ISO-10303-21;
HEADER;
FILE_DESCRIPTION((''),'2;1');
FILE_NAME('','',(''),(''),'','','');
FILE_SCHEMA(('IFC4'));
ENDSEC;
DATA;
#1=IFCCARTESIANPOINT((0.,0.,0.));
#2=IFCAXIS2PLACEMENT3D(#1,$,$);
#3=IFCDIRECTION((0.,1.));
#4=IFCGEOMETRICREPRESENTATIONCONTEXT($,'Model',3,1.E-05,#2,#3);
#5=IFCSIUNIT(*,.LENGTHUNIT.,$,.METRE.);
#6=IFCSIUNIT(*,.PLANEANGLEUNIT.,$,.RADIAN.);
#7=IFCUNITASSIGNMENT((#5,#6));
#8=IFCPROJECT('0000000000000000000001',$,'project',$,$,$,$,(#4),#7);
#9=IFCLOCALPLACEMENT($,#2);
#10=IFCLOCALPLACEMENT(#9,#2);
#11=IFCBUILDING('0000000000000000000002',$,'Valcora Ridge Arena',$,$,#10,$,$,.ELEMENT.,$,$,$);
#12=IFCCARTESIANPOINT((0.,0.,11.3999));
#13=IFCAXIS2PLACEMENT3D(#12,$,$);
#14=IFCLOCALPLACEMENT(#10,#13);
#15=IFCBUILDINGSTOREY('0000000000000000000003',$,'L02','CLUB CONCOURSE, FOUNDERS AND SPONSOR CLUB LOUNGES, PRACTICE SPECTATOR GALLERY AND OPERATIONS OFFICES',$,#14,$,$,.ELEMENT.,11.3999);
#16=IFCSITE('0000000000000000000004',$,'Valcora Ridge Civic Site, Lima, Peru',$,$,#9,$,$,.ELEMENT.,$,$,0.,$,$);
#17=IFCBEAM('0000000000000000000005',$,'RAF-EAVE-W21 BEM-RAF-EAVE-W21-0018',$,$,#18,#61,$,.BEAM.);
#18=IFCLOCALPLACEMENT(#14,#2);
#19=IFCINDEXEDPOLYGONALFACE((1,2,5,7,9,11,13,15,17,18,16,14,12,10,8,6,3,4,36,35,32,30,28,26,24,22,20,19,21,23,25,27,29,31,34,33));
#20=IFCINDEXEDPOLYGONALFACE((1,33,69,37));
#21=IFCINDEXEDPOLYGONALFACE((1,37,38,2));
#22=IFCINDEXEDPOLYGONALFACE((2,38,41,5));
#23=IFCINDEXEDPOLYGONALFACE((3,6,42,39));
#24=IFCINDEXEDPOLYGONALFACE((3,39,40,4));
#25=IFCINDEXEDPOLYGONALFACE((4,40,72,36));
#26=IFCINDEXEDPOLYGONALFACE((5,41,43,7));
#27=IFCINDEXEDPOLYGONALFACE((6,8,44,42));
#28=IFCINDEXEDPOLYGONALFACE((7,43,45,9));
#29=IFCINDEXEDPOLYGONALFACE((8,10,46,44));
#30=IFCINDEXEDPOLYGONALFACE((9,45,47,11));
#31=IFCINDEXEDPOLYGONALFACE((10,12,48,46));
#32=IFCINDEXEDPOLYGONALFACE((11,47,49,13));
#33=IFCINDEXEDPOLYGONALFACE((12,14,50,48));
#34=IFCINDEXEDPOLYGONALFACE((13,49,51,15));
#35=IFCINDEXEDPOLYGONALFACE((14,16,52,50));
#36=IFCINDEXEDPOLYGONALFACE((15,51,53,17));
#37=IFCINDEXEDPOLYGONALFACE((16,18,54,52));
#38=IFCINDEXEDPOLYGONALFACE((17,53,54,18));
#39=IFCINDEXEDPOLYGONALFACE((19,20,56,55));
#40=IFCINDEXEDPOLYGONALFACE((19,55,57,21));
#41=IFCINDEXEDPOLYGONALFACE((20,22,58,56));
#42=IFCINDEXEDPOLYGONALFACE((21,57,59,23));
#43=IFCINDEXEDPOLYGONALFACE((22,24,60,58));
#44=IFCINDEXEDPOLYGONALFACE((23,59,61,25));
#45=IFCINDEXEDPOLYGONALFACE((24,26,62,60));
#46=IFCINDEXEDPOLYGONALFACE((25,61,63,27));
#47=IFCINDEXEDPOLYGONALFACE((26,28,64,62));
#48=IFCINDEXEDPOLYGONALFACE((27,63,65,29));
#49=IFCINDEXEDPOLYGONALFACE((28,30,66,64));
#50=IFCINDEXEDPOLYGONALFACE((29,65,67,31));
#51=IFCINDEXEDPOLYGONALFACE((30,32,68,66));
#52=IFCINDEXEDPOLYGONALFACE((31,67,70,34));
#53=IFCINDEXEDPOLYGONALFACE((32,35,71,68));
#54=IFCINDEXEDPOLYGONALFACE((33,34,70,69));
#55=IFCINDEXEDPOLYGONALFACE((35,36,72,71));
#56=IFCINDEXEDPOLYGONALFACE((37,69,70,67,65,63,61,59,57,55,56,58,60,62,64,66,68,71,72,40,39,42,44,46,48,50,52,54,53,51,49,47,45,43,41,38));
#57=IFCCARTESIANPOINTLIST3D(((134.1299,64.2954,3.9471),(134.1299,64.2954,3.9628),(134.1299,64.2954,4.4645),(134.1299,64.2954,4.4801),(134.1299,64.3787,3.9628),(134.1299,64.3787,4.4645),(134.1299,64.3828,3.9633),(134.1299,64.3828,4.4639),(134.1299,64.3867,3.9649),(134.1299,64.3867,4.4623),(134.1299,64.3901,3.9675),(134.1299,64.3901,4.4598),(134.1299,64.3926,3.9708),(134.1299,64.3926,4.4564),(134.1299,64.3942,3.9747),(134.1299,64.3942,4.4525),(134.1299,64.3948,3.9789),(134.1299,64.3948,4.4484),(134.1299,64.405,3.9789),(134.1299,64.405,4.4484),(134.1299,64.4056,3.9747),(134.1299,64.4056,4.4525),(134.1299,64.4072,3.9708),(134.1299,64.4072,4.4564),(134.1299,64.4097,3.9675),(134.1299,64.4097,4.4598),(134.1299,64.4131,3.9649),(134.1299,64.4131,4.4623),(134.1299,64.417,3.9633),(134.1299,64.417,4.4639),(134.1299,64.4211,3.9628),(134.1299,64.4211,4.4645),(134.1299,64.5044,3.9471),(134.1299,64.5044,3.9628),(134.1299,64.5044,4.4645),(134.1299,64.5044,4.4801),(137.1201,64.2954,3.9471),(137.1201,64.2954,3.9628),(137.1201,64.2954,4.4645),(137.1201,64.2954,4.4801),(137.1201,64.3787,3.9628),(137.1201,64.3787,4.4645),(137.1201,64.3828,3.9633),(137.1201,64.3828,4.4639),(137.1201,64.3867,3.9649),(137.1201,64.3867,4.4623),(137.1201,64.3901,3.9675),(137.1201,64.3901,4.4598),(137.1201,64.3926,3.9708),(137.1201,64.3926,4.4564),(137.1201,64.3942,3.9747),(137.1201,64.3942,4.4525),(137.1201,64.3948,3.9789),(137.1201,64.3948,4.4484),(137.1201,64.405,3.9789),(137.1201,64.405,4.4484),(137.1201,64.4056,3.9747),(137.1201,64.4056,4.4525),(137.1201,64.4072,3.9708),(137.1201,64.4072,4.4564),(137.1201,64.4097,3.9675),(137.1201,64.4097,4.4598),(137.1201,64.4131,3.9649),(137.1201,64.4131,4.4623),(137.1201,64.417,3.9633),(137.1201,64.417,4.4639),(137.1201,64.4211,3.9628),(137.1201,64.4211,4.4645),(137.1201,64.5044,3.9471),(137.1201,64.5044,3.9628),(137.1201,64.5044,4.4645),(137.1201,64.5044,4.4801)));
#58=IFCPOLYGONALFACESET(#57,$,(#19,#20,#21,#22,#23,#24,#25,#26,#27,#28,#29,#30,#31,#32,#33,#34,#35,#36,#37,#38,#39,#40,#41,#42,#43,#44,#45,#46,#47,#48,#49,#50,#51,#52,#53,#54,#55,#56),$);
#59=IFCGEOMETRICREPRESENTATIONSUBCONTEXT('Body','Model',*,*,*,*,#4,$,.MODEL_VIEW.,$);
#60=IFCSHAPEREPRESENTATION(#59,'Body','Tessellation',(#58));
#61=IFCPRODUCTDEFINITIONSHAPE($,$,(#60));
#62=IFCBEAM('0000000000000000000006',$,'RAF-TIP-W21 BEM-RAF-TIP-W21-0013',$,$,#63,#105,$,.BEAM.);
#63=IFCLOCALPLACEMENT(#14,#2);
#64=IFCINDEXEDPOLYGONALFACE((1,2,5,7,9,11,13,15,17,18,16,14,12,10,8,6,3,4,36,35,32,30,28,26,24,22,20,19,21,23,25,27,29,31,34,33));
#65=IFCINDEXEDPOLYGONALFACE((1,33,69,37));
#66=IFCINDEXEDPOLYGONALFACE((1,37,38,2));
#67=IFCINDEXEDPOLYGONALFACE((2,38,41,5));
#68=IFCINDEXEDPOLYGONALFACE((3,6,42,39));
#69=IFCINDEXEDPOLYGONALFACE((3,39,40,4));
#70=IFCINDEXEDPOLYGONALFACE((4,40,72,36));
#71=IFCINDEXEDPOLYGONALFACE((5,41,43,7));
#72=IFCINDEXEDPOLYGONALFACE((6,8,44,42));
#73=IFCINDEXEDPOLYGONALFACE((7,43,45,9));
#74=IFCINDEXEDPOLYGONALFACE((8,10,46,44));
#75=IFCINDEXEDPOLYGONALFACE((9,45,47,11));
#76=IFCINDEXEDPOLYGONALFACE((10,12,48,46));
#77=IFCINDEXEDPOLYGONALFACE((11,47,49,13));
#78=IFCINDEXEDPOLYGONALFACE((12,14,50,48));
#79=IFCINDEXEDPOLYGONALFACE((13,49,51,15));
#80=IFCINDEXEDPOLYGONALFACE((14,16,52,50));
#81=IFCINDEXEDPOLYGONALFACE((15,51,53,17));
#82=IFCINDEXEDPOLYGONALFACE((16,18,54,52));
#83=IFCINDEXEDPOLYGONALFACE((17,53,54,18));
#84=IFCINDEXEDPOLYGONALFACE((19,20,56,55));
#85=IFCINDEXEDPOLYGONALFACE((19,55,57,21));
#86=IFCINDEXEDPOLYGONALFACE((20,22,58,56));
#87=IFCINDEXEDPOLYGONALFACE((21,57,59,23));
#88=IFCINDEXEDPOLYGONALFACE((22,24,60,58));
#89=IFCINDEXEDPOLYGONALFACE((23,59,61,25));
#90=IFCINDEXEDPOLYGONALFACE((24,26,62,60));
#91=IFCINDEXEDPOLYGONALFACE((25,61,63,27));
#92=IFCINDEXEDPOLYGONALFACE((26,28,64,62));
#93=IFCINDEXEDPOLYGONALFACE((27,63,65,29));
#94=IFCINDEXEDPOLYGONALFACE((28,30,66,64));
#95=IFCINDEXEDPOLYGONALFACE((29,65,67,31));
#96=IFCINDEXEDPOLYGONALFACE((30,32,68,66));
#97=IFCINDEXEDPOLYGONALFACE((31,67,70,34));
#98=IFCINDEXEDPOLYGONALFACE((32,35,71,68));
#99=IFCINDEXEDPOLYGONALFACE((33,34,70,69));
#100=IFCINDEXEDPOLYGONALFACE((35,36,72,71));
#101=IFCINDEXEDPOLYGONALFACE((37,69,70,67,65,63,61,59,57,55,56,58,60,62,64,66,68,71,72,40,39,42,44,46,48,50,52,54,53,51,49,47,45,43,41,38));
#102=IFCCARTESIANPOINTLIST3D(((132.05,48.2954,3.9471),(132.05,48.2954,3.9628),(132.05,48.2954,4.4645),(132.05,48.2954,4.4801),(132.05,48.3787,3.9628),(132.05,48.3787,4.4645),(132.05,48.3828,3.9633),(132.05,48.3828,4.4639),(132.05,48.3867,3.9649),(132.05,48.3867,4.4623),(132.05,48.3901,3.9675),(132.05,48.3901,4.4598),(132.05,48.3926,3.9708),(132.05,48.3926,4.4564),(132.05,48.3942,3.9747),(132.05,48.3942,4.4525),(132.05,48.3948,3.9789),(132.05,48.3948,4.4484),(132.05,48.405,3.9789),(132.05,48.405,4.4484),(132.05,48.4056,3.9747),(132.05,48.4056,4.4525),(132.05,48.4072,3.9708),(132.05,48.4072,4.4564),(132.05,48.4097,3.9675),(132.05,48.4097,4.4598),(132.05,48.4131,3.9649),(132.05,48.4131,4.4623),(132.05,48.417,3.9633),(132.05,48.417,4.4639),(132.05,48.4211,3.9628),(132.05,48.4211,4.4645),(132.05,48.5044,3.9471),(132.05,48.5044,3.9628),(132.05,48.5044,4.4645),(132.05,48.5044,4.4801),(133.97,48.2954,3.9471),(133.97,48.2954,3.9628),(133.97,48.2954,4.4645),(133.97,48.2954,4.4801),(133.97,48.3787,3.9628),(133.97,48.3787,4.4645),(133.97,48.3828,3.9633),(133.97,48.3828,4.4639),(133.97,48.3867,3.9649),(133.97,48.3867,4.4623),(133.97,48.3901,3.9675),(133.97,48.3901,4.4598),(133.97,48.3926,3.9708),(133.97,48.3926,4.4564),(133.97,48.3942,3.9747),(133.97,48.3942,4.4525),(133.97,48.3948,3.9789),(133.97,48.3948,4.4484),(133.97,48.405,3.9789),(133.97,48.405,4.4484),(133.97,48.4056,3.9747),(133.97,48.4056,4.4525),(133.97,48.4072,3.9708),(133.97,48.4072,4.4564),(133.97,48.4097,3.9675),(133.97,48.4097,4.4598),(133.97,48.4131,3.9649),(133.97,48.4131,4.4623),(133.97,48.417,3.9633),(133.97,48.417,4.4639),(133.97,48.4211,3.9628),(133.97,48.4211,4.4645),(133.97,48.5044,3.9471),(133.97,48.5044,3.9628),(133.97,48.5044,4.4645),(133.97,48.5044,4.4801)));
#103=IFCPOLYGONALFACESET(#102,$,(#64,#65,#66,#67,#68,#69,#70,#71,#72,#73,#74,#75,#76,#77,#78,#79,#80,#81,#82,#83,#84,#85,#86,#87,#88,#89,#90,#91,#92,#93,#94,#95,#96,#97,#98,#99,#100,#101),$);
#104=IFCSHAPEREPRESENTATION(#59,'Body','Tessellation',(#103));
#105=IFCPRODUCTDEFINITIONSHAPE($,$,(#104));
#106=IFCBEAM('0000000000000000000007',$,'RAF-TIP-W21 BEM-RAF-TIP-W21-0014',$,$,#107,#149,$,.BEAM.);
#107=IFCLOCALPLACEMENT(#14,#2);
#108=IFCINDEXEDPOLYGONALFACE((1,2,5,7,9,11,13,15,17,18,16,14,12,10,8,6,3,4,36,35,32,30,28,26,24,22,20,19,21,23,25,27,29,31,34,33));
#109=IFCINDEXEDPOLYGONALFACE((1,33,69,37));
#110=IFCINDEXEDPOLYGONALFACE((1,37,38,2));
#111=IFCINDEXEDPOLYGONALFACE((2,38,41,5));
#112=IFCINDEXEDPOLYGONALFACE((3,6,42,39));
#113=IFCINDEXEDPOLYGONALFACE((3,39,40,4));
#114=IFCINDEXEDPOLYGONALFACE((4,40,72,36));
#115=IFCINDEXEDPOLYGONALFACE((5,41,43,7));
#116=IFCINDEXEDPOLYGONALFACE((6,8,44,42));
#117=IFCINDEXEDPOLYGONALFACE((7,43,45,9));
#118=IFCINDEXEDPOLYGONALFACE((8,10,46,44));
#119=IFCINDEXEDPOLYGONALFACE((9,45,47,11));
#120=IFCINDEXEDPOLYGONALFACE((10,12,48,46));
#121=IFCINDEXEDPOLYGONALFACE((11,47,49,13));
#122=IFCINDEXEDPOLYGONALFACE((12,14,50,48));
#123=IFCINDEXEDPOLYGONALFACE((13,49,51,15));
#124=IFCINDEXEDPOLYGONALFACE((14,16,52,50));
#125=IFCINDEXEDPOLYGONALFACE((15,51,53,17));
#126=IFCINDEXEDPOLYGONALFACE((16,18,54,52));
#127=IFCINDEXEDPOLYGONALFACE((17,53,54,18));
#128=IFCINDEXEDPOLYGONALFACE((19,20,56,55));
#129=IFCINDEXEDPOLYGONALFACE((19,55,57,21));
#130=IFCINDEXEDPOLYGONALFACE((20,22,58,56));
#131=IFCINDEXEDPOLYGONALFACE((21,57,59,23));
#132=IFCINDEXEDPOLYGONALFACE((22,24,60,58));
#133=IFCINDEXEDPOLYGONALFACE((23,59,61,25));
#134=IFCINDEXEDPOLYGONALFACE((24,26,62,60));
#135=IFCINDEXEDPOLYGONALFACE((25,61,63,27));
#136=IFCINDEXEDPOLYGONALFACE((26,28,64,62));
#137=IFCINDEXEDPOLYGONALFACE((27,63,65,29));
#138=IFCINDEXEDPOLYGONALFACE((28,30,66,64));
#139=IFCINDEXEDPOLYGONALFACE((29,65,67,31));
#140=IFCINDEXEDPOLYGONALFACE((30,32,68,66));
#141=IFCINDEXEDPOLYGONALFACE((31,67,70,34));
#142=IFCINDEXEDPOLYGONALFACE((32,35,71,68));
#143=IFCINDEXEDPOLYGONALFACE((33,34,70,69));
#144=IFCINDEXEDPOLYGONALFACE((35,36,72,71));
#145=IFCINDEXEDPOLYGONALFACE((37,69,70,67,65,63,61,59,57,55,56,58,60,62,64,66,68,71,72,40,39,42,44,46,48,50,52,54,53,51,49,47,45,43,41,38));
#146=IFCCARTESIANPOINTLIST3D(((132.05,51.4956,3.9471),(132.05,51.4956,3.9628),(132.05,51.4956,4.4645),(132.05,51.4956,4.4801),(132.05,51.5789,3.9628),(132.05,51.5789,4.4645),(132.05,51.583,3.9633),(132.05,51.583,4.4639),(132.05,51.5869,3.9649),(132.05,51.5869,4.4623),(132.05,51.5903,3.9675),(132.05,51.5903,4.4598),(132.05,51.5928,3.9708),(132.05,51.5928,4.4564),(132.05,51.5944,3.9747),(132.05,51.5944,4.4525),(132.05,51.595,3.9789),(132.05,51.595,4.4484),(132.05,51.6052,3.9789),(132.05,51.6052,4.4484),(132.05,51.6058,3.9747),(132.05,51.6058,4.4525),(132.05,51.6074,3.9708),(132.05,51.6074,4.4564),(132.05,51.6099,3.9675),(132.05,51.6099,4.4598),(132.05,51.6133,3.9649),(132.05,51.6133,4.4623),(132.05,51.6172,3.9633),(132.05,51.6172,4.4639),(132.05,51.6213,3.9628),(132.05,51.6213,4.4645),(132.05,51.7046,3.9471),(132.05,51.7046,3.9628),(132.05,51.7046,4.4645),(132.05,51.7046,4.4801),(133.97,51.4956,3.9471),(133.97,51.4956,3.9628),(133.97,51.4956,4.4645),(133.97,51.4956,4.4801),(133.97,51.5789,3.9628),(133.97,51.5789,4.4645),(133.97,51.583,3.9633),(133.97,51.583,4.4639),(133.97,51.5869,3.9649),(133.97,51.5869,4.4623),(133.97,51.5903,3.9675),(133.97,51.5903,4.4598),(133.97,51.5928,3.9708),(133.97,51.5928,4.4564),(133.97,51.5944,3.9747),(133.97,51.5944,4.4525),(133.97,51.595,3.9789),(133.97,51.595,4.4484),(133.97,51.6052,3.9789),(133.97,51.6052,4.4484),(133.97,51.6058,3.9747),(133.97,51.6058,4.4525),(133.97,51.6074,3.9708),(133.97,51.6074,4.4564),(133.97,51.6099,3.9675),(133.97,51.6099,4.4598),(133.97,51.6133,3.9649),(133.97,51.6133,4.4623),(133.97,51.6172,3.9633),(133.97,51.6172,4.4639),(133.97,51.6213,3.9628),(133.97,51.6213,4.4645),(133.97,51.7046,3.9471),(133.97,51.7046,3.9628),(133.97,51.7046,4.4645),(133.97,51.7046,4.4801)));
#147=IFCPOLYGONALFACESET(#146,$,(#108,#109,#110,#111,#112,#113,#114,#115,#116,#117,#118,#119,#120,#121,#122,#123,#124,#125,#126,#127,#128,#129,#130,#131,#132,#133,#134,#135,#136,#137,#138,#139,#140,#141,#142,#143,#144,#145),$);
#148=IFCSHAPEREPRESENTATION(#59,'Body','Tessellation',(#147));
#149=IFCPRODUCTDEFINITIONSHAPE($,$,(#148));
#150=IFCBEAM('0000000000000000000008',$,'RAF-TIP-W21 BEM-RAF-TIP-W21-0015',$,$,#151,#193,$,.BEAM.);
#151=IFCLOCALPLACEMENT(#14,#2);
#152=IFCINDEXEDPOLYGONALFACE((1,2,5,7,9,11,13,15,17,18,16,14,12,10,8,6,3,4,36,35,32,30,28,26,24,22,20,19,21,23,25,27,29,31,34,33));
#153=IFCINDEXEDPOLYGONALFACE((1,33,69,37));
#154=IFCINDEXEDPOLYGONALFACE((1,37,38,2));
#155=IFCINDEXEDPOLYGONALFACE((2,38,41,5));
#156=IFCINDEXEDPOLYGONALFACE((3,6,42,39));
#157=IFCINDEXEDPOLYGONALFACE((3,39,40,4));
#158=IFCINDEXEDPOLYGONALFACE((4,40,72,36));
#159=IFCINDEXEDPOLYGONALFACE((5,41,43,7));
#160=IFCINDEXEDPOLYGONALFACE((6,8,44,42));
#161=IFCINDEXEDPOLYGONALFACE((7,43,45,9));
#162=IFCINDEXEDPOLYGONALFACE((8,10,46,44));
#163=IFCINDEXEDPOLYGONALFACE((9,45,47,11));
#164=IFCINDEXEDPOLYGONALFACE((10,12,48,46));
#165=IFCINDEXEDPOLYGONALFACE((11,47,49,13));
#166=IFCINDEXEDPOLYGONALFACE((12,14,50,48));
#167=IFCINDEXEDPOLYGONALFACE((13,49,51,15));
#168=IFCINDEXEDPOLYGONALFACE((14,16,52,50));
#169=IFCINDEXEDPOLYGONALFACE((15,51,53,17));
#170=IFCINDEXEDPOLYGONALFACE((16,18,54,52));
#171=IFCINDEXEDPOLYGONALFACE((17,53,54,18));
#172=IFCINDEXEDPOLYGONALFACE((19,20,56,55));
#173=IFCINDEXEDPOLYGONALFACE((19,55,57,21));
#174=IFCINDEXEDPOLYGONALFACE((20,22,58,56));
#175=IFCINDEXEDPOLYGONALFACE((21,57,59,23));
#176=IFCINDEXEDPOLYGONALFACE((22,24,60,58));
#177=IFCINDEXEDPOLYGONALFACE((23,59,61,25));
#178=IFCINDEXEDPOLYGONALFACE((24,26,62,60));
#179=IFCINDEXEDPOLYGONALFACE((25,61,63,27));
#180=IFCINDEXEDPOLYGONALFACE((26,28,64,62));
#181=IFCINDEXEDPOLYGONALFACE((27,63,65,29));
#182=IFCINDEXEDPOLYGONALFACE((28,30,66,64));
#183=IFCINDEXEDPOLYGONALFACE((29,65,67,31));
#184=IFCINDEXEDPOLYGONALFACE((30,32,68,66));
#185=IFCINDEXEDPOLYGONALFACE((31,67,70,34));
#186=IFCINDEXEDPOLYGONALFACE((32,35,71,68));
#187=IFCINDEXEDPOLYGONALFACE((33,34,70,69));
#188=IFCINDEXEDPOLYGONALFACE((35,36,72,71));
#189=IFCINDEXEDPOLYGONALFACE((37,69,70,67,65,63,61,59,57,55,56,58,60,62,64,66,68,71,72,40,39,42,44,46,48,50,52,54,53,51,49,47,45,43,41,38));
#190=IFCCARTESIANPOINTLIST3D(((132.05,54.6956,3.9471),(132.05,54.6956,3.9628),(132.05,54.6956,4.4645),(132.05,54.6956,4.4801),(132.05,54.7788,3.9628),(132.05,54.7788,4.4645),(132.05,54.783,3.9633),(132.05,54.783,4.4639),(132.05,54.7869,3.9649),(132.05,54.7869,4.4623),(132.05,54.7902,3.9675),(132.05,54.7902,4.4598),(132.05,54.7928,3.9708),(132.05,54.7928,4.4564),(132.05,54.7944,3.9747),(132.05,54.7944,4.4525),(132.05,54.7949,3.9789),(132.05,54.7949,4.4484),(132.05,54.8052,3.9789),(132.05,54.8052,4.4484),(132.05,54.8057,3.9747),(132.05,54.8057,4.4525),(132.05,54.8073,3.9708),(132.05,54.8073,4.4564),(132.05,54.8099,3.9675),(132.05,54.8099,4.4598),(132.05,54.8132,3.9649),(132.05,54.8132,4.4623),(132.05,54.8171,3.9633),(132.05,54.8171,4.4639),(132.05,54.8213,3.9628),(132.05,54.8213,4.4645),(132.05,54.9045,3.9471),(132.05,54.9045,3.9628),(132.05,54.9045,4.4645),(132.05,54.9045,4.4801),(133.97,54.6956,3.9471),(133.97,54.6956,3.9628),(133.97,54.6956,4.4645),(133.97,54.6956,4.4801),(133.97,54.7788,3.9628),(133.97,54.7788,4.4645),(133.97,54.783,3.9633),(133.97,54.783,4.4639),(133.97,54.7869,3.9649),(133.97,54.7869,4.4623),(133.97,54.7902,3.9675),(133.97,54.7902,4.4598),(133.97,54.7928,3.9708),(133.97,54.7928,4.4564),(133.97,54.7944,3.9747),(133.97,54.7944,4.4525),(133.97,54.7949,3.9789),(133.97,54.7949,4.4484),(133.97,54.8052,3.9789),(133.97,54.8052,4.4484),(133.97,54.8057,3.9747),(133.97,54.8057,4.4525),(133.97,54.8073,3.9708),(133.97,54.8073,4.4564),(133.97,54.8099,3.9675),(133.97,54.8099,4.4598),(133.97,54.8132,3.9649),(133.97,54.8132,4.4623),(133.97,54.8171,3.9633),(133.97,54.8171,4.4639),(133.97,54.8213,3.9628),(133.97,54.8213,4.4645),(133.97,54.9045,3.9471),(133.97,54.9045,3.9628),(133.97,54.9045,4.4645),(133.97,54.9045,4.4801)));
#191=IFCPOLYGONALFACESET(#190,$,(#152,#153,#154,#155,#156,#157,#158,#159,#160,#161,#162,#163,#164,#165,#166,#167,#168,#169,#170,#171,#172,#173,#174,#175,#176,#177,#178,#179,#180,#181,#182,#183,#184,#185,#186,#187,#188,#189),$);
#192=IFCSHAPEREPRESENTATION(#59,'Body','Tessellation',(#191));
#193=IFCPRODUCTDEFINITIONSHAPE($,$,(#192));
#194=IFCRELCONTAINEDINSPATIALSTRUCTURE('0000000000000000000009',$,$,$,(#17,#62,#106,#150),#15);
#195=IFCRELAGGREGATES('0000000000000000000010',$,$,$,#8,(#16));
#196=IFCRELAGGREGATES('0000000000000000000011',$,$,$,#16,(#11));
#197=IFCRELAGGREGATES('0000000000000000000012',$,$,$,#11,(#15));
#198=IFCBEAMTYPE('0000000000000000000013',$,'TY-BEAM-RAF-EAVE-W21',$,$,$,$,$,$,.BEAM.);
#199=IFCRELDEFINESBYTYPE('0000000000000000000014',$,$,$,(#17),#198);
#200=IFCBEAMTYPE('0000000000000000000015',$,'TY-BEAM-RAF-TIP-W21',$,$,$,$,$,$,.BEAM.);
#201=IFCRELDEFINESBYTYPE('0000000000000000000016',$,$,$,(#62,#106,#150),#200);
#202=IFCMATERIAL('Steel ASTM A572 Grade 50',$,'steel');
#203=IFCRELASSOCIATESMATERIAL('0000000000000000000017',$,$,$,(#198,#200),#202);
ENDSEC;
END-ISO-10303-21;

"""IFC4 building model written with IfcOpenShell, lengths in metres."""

from ifc_helpers import new_model, si_unit, direction, frame, origin, origin_2d, place, context, subcontext, project, spatial, i_section, extrude, material, material_profile, profile_set, type_object, element, save


model = new_model("IFC4")

# Units and contexts
model_context = context("Model", 3, precision=1e-05, world=origin(), true_north=direction((0.0, 1.0)))
body_context = subcontext(model_context, "Body", "Model", "MODEL_VIEW")
ifc_project = project(units=[si_unit("LENGTHUNIT", "METRE"), si_unit("PLANEANGLEUNIT", "RADIAN")], contexts=[model_context])

# Site, building, storey
site_placement = place(None, origin())
site = spatial("IfcSite", under=ifc_project, at=site_placement, Name="Valcora Ridge Civic Site, Lima, Peru", CompositionType="ELEMENT", RefElevation=0.0)
building_placement = place(site_placement, origin())
building = spatial("IfcBuilding", under=site, at=building_placement, Name="Valcora Ridge Arena", CompositionType="ELEMENT")
storey_placement = place(building_placement, frame((0.0, 0.0, 11.3999)))
storey = spatial("IfcBuildingStorey", under=building, at=storey_placement, Name="L02", Description="CLUB CONCOURSE, FOUNDERS AND SPONSOR CLUB LOUNGES, PRACTICE SPECTATOR GALLERY AND OPERATIONS OFFICES", CompositionType="ELEMENT", Elevation=11.3999)

# Beams
ifc_material_1 = material(Name="Steel ASTM A572 Grade 50", Category="steel")
ifc_material_profile_1 = material_profile(ifc_material_1, i_section(OverallWidth=0.209, OverallDepth=0.533, WebThickness=0.0103, FlangeThickness=0.0156, FilletRadius=0.0161, at=origin_2d()), Name="W21X62")
ifc_profile_set_1 = profile_set([ifc_material_profile_1], Name="Steel ASTM A572 Grade 50")
beam_type_1 = type_object("IfcBeamType", Name="TY-BEAM-RAF-EAVE-W21", PredefinedType="BEAM", material=ifc_profile_set_1)
for number, where, z_axis, x_axis, name in (
    (1, (134.1299, 64.3999, 4.2136), (1.0, 0.0, 0.0), (0.0, 1.0, 0.0), "RAF-EAVE-W21 BEM-RAF-EAVE-W21-0018"),
):
    element("IfcBeam", number, at=place(storey_placement, frame(where, z_axis=z_axis, x_axis=x_axis)), inside=storey, type_object=beam_type_1, Name=name, PredefinedType="BEAM", context=body_context, shape_type="SweptSolid", body=[
        extrude(i_section(OverallWidth=0.209, OverallDepth=0.533, WebThickness=0.0103, FlangeThickness=0.0156, FilletRadius=0.0161, at=origin_2d()), origin(), (0.0, 0.0, 1.0), 2.9902),
    ])
ifc_material_profile_2 = material_profile(ifc_material_1, i_section(OverallWidth=0.209, OverallDepth=0.533, WebThickness=0.0103, FlangeThickness=0.0156, FilletRadius=0.0161, at=origin_2d()), Name="W21X62")
ifc_profile_set_2 = profile_set([ifc_material_profile_2], Name="Steel ASTM A572 Grade 50")
beam_type_2 = type_object("IfcBeamType", Name="TY-BEAM-RAF-TIP-W21", PredefinedType="BEAM", material=ifc_profile_set_2)
for number, where, z_axis, x_axis, name in (
    (2, (132.05, 48.3999, 4.2136), (1.0, 0.0, 0.0), (0.0, 1.0, 0.0), "RAF-TIP-W21 BEM-RAF-TIP-W21-0013"),
    (3, (132.05, 51.6001, 4.2136), (1.0, 0.0, 0.0), (0.0, 1.0, 0.0), "RAF-TIP-W21 BEM-RAF-TIP-W21-0014"),
    (4, (132.05, 54.8, 4.2136), (1.0, 0.0, 0.0), (0.0, 1.0, 0.0), "RAF-TIP-W21 BEM-RAF-TIP-W21-0015"),
):
    element("IfcBeam", number, at=place(storey_placement, frame(where, z_axis=z_axis, x_axis=x_axis)), inside=storey, type_object=beam_type_2, Name=name, PredefinedType="BEAM", context=body_context, shape_type="SweptSolid", body=[
        extrude(i_section(OverallWidth=0.209, OverallDepth=0.533, WebThickness=0.0103, FlangeThickness=0.0156, FilletRadius=0.0161, at=origin_2d()), origin(), (0.0, 0.0, 1.0), 1.9199),
    ])

save(model, "model.ifc")
